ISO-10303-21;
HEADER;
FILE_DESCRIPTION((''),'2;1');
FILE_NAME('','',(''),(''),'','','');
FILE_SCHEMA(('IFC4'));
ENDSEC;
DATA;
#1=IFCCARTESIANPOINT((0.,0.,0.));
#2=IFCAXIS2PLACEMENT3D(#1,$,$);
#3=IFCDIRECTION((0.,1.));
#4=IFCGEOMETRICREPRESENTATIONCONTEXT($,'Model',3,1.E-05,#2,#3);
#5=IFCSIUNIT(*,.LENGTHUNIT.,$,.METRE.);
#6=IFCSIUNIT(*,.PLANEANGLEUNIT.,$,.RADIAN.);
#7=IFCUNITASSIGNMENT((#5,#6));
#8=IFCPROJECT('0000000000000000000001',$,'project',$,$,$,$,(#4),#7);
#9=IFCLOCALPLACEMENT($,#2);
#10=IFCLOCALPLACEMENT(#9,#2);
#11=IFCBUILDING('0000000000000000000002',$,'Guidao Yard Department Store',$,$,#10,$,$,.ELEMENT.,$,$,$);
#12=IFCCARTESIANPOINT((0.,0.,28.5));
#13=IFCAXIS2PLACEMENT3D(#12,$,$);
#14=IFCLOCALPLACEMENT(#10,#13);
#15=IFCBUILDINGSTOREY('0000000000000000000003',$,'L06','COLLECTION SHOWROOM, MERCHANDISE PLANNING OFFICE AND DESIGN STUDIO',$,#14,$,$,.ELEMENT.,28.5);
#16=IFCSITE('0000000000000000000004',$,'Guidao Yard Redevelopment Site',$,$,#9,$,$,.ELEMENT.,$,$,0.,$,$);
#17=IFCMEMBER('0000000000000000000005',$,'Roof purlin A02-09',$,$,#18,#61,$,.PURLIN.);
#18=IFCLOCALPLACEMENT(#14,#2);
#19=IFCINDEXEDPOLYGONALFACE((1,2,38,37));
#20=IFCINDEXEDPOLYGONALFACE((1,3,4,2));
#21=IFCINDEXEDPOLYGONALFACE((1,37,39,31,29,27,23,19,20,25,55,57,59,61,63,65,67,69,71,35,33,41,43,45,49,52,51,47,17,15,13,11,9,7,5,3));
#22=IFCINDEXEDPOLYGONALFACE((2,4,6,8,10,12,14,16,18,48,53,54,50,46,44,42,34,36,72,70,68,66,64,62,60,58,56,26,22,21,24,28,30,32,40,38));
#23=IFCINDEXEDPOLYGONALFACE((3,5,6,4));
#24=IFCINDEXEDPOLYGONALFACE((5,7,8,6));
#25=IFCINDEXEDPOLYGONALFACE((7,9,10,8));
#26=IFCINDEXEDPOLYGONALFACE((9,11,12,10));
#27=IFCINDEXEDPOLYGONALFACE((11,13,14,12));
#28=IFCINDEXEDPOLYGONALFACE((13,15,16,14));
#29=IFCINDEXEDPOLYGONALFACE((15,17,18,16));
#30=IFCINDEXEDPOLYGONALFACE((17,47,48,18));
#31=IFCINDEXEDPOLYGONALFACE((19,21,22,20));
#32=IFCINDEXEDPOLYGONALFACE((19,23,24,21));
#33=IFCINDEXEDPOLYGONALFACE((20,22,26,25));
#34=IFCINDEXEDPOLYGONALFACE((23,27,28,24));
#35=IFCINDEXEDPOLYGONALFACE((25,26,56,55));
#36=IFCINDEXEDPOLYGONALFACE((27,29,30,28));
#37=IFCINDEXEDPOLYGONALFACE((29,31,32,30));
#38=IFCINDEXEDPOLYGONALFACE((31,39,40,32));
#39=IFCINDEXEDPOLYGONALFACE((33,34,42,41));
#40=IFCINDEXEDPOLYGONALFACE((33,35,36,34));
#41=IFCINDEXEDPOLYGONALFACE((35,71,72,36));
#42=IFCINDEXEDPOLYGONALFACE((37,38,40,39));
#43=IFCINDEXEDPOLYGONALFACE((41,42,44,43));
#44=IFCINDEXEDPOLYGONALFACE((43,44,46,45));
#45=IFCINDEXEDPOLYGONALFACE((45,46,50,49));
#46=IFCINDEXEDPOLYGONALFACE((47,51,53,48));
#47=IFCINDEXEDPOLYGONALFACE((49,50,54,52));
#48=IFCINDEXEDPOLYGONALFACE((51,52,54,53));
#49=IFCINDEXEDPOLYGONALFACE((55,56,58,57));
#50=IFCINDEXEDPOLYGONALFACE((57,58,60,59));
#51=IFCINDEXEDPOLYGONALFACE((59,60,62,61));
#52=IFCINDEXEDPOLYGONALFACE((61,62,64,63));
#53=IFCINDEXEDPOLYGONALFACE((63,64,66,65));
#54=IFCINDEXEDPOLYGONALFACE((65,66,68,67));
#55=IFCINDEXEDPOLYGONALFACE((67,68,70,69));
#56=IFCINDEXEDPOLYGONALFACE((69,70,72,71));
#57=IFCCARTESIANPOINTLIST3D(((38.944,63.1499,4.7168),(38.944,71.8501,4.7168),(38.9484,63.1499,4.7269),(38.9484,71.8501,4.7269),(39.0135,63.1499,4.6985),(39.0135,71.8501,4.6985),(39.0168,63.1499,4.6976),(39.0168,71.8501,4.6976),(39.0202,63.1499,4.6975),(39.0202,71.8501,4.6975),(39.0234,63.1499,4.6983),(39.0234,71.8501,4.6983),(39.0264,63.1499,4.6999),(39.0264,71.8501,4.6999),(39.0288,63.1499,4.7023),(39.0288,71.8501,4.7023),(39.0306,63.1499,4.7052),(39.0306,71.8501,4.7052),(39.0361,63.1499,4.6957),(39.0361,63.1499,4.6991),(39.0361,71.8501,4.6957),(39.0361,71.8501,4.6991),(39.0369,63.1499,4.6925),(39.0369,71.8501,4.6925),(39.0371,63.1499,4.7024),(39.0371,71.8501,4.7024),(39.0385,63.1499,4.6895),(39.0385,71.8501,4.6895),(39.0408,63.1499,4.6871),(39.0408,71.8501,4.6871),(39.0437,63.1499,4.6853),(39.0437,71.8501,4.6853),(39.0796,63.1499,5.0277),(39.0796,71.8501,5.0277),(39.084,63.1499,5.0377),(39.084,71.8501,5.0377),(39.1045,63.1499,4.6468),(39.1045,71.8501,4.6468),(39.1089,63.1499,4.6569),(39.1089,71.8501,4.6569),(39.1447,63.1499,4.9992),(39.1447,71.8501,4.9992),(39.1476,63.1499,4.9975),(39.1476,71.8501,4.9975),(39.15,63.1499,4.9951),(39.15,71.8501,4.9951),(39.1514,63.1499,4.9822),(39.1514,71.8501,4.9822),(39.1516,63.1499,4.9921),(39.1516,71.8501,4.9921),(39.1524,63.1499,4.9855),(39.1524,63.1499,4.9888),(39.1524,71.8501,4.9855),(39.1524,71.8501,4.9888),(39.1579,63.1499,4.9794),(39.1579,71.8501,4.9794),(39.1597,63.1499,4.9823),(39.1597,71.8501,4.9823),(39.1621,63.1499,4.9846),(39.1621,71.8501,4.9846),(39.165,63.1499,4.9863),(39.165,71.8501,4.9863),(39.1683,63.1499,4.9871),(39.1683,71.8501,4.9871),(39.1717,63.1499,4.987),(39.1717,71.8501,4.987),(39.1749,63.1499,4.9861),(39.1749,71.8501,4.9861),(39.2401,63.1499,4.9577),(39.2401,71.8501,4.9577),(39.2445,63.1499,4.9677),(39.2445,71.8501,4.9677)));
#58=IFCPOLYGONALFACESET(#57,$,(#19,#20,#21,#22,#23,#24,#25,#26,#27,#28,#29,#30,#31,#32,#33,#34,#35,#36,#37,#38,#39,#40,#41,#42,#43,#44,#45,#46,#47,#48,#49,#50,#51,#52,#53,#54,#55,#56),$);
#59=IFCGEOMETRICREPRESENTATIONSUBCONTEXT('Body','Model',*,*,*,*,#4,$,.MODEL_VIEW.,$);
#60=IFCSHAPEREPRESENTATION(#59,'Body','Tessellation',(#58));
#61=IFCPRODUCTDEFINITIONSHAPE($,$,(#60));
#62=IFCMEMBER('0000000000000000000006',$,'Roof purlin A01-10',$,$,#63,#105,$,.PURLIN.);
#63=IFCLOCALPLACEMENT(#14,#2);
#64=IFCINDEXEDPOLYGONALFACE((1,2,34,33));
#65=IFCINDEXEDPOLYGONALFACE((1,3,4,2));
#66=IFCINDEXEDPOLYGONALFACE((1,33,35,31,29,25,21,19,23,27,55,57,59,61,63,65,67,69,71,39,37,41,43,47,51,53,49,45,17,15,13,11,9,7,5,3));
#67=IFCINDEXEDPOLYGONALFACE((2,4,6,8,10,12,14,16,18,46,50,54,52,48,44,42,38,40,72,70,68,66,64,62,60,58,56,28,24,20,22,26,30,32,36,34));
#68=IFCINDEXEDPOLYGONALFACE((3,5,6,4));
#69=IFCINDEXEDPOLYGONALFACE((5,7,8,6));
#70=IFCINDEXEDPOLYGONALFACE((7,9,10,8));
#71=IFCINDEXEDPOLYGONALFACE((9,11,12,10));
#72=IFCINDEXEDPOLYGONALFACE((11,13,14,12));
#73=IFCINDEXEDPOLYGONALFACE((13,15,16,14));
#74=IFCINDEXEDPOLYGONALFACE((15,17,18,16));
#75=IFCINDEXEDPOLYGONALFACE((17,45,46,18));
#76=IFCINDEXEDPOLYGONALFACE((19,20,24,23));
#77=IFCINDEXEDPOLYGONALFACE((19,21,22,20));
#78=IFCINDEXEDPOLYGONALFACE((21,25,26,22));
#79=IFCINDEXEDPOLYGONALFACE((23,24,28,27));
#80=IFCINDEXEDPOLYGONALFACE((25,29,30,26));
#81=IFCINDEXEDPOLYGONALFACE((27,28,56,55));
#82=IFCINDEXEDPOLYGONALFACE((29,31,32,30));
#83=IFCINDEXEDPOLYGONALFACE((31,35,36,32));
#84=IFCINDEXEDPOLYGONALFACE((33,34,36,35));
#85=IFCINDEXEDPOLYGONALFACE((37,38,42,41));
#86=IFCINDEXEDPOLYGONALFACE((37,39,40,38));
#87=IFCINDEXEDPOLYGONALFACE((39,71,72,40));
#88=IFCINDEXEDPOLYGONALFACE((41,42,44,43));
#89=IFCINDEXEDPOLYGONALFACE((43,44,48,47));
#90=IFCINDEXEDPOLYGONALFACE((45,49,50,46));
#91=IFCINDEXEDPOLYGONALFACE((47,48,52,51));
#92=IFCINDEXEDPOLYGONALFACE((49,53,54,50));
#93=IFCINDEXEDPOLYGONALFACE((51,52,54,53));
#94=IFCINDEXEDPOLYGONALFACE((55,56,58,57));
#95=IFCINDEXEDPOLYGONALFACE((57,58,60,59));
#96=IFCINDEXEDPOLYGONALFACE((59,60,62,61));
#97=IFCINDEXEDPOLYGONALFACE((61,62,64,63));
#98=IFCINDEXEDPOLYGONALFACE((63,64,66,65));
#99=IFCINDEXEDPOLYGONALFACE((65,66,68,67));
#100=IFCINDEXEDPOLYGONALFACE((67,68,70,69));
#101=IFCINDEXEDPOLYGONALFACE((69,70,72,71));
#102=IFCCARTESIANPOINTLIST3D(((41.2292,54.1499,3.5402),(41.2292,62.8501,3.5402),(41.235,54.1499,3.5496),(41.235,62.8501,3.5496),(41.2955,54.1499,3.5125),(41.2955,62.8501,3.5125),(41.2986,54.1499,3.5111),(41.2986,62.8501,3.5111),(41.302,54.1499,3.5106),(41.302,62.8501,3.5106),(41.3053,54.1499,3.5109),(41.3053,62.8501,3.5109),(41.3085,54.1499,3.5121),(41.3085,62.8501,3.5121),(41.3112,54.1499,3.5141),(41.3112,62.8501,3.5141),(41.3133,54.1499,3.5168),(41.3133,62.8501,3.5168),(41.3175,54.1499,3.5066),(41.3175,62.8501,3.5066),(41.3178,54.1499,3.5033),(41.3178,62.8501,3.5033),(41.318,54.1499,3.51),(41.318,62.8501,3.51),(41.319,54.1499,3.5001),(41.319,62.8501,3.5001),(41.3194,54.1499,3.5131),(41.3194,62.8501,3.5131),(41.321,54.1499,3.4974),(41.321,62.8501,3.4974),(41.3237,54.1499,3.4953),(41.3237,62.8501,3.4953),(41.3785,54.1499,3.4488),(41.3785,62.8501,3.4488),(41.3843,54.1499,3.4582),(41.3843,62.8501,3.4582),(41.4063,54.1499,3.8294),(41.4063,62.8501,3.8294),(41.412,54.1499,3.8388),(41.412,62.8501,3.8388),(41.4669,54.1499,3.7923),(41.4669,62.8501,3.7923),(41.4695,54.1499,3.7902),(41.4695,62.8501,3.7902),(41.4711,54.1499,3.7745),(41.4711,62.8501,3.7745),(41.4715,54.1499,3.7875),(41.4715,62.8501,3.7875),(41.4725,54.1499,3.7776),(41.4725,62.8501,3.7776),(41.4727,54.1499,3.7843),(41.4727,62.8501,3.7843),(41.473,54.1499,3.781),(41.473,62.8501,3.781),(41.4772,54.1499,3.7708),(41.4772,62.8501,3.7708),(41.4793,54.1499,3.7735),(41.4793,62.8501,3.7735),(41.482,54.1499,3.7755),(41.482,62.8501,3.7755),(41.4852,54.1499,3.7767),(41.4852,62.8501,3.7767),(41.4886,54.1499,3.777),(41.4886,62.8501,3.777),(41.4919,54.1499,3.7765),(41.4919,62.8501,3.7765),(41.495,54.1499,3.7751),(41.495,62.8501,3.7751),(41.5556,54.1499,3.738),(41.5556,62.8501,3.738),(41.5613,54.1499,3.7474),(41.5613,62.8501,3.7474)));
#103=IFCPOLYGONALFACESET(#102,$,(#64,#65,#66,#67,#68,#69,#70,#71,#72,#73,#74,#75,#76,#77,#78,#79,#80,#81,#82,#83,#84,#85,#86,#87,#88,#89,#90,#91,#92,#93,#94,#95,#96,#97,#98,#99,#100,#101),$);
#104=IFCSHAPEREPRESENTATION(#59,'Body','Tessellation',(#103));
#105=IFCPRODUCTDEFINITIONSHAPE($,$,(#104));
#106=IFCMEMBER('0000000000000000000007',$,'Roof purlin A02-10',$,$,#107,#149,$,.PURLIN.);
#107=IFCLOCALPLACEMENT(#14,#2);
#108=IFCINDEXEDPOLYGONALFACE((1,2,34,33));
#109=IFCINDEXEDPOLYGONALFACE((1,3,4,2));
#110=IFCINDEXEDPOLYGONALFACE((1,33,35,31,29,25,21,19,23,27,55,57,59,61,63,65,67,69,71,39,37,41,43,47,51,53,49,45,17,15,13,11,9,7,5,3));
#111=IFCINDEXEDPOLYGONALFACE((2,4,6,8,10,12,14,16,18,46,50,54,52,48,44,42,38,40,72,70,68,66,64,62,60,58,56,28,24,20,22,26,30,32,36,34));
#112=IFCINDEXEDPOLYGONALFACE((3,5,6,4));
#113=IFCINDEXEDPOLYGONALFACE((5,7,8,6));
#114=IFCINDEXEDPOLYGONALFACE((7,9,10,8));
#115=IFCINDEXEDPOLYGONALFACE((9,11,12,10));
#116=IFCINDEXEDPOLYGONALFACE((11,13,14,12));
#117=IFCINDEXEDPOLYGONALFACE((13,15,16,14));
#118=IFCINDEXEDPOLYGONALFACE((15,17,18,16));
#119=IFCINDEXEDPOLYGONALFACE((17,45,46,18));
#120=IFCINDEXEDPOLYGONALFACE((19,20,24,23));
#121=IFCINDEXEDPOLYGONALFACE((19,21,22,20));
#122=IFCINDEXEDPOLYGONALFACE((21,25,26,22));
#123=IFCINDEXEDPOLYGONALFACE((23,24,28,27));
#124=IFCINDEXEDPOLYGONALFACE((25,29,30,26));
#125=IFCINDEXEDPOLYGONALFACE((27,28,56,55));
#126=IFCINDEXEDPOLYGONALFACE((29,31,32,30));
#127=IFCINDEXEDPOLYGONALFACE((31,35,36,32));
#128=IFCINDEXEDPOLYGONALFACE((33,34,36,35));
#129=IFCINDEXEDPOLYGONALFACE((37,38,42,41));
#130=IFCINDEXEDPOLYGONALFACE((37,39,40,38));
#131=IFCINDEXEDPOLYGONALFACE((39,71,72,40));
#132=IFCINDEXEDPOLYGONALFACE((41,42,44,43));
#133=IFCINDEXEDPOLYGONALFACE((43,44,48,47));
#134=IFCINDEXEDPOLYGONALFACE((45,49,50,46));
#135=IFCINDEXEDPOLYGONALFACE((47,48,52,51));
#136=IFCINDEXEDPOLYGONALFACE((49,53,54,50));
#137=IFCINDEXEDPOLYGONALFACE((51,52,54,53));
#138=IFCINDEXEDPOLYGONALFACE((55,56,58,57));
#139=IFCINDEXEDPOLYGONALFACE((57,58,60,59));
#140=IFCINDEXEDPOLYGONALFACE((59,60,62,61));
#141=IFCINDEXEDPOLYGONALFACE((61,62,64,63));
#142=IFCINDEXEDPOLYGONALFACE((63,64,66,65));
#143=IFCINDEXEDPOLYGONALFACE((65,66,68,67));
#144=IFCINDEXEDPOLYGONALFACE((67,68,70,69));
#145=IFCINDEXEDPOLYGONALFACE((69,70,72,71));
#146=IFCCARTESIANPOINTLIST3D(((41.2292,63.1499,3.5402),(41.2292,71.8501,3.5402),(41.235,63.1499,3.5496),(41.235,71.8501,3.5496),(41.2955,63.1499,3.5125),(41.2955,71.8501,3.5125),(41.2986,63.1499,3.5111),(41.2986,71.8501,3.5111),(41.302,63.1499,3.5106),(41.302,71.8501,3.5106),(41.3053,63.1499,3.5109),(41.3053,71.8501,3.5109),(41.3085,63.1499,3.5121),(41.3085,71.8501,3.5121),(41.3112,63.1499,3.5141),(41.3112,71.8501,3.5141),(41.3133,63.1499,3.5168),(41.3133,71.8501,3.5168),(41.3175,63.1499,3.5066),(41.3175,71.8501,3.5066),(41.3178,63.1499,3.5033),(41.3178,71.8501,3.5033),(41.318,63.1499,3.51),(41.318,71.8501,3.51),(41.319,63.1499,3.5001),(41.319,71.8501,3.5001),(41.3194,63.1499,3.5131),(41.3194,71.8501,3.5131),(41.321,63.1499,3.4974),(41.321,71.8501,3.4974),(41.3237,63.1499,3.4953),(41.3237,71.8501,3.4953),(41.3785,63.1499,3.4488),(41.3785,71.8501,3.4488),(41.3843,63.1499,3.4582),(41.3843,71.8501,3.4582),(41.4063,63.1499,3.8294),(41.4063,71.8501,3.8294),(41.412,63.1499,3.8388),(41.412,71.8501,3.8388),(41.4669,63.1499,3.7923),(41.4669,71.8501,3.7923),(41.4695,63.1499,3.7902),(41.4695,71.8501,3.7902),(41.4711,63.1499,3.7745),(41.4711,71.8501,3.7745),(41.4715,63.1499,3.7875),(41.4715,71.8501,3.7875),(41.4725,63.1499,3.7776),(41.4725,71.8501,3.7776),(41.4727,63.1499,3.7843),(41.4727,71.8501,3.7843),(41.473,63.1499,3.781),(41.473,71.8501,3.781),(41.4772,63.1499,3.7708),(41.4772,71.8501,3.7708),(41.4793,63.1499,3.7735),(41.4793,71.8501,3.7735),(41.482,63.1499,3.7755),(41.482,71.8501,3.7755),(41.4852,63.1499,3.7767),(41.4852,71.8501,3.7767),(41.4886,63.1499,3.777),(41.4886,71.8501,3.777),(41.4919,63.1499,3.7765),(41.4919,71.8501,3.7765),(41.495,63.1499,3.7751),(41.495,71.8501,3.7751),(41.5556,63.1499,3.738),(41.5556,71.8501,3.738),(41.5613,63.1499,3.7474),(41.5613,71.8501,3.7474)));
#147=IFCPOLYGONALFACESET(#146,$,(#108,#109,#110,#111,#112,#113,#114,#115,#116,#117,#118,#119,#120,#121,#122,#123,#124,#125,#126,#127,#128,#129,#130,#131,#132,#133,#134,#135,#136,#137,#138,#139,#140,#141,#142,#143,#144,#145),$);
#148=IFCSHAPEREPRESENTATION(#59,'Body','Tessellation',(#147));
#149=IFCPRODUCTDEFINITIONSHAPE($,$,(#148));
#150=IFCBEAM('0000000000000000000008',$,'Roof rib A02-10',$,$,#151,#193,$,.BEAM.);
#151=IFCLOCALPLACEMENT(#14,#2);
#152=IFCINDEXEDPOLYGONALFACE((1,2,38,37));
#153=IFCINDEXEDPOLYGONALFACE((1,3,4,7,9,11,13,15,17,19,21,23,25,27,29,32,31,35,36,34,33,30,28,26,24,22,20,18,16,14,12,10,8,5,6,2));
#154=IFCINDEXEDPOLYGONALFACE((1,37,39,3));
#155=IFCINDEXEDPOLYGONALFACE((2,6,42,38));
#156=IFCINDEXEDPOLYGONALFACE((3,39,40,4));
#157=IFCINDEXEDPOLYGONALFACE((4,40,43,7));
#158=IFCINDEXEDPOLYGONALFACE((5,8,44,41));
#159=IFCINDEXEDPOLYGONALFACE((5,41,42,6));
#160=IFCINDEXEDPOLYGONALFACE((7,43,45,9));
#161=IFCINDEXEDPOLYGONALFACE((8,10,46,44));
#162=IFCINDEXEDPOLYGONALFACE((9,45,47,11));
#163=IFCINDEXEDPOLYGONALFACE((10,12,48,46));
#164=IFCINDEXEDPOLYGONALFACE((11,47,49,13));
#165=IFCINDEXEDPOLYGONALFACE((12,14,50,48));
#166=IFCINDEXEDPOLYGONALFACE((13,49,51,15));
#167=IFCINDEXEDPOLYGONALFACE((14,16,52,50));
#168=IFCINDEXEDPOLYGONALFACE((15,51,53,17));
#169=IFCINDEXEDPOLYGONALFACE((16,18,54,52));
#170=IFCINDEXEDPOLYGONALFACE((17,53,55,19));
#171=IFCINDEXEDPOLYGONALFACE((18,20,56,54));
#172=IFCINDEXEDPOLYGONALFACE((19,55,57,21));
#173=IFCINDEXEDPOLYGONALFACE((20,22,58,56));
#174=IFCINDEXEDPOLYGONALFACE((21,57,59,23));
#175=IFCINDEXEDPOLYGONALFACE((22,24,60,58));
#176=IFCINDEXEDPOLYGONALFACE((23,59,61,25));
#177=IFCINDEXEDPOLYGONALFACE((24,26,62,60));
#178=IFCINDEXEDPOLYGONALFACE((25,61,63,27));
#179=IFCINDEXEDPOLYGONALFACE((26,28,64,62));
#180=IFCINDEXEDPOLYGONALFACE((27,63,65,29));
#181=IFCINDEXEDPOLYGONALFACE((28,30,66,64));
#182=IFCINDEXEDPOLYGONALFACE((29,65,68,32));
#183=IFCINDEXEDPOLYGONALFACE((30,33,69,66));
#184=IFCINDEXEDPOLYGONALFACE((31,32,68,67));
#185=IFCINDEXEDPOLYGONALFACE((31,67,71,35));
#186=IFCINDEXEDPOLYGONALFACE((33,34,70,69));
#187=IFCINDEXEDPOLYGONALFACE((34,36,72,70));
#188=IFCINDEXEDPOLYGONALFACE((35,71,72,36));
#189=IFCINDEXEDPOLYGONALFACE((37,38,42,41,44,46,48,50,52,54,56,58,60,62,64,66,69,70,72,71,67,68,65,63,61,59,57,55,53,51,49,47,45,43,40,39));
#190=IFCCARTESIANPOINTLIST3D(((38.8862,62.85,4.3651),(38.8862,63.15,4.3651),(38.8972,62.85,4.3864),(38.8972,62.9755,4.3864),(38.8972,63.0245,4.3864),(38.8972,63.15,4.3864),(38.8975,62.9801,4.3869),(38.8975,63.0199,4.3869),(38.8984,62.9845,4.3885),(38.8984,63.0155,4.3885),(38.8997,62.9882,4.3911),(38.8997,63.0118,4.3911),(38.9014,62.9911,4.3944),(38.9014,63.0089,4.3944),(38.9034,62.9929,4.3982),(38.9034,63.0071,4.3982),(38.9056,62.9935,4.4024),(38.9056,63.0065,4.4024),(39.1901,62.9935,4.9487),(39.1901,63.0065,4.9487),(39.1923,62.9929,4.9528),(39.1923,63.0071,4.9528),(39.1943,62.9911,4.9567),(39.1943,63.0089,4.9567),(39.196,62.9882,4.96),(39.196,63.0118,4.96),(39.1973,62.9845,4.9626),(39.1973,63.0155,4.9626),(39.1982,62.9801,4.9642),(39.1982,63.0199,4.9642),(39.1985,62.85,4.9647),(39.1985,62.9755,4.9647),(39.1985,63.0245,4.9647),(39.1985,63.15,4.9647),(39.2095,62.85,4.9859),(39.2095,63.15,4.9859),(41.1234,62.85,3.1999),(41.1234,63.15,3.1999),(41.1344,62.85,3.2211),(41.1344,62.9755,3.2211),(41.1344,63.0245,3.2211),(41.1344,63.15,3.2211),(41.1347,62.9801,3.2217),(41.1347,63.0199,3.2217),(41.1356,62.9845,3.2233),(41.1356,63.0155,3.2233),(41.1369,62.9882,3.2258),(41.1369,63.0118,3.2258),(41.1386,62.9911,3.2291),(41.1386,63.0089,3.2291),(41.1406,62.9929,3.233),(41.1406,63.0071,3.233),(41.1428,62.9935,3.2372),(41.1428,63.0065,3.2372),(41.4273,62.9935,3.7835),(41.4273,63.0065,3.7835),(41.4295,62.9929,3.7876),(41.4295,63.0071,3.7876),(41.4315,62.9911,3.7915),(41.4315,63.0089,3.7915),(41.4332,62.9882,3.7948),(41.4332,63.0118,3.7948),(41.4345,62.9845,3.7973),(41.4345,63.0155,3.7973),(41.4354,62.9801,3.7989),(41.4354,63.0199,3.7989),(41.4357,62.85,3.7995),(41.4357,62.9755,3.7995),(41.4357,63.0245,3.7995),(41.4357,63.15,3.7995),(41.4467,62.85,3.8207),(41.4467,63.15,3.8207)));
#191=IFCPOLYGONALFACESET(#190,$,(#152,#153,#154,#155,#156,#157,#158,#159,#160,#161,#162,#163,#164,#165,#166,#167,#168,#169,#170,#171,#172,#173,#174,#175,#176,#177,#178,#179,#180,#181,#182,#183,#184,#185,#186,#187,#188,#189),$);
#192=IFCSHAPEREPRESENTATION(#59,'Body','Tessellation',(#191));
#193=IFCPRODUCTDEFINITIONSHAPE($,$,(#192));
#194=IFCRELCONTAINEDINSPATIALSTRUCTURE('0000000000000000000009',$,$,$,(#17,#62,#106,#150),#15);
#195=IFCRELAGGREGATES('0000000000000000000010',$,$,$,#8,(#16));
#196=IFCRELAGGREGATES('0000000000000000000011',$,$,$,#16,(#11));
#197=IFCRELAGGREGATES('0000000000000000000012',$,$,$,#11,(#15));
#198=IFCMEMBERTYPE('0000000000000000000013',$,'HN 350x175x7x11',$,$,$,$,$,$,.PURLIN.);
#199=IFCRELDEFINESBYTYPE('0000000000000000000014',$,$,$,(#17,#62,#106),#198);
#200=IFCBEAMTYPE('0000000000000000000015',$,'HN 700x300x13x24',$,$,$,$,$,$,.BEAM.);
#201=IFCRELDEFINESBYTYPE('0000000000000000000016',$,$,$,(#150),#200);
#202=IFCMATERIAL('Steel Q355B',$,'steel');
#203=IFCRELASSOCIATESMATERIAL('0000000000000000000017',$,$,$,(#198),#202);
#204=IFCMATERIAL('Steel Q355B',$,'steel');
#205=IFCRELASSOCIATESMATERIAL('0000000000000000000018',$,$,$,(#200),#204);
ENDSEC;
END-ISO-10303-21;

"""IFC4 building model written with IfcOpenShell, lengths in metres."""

from ifc_helpers import new_model, si_unit, direction, frame, origin, origin_2d, place, context, subcontext, project, spatial, i_section, extrude, material, material_profile, profile_set, type_object, element, save


model = new_model("IFC4")

# Units and contexts
model_context = context("Model", 3, precision=1e-05, world=origin(), true_north=direction((0.0, 1.0)))
body_context = subcontext(model_context, "Body", "Model", "MODEL_VIEW")
ifc_project = project(units=[si_unit("LENGTHUNIT", "METRE"), si_unit("PLANEANGLEUNIT", "RADIAN")], contexts=[model_context])

# Site, building, storey
site_placement = place(None, origin())
site = spatial("IfcSite", under=ifc_project, at=site_placement, Name="Guidao Yard Redevelopment Site", CompositionType="ELEMENT", RefElevation=0.0)
building_placement = place(site_placement, origin())
building = spatial("IfcBuilding", under=site, at=building_placement, Name="Guidao Yard Department Store", CompositionType="ELEMENT")
storey_placement = place(building_placement, frame((0.0, 0.0, 28.5)))
storey = spatial("IfcBuildingStorey", under=building, at=storey_placement, Name="L06", Description="COLLECTION SHOWROOM, MERCHANDISE PLANNING OFFICE AND DESIGN STUDIO", CompositionType="ELEMENT", Elevation=28.5)

# Members
ifc_material_1 = material(Name="Steel Q355B", Category="steel")
ifc_material_profile_1 = material_profile(ifc_material_1, i_section(OverallWidth=0.175, OverallDepth=0.3501, WebThickness=0.0071, FlangeThickness=0.011, FilletRadius=0.0129, at=origin_2d()), Name="HN 350x175x7x11")
ifc_profile_set_1 = profile_set([ifc_material_profile_1], Name="Steel Q355B")
member_type_1 = type_object("IfcMemberType", Name="HN 350x175x7x11", PredefinedType="PURLIN", material=ifc_profile_set_1)
for number, where, z_axis, x_axis, name in (
    (1, (39.0942, 63.1499, 4.8423), (0.0, 1.0, 0.0), (-0.916571, 0.0, 0.399871), "Roof purlin A02-09"),
    (2, (41.3953, 54.1499, 3.6438), (0.0, 1.0, 0.0), (-0.852874, 0.0, 0.522116), "Roof purlin A01-10"),
    (3, (41.3953, 63.1499, 3.6438), (0.0, 1.0, 0.0), (-0.852874, 0.0, 0.522116), "Roof purlin A02-10"),
):
    element("IfcMember", number, at=place(storey_placement, frame(where, z_axis=z_axis, x_axis=x_axis)), inside=storey, type_object=member_type_1, Name=name, PredefinedType="PURLIN", context=body_context, shape_type="SweptSolid", body=[
        extrude(i_section(OverallWidth=0.175, OverallDepth=0.3501, WebThickness=0.0071, FlangeThickness=0.011, FilletRadius=0.0129, at=origin_2d()), origin(), (0.0, 0.0, 1.0), 8.7002),
    ])

# Beam
ifc_material_2 = material(Name="Steel Q355B", Category="steel")
ifc_material_profile_2 = material_profile(ifc_material_2, i_section(OverallWidth=0.3, OverallDepth=0.7, WebThickness=0.0129, FlangeThickness=0.0239, FilletRadius=0.0181, at=origin_2d()), Name="HN 700x300x13x24")
ifc_profile_set_2 = profile_set([ifc_material_profile_2], Name="Steel Q355B")
beam_type = type_object("IfcBeamType", Name="HN 700x300x13x24", PredefinedType="BEAM", material=ifc_profile_set_2)
beam_1_placement = place(storey_placement, frame((39.0479, 63.0, 4.6755), z_axis=(0.886911, 0.0, -0.461941), x_axis=(0.0, 1.0, 0.0)))
element("IfcBeam", 4, at=beam_1_placement, inside=storey, type_object=beam_type, Name="Roof rib A02-10", PredefinedType="BEAM", context=body_context, shape_type="SweptSolid", body=[
    extrude(i_section(OverallWidth=0.3, OverallDepth=0.7, WebThickness=0.0129, FlangeThickness=0.0239, FilletRadius=0.0181, at=origin_2d()), origin(), (0.0, 0.0, 1.0), 2.5225),
])

save(model, "model.ifc")
